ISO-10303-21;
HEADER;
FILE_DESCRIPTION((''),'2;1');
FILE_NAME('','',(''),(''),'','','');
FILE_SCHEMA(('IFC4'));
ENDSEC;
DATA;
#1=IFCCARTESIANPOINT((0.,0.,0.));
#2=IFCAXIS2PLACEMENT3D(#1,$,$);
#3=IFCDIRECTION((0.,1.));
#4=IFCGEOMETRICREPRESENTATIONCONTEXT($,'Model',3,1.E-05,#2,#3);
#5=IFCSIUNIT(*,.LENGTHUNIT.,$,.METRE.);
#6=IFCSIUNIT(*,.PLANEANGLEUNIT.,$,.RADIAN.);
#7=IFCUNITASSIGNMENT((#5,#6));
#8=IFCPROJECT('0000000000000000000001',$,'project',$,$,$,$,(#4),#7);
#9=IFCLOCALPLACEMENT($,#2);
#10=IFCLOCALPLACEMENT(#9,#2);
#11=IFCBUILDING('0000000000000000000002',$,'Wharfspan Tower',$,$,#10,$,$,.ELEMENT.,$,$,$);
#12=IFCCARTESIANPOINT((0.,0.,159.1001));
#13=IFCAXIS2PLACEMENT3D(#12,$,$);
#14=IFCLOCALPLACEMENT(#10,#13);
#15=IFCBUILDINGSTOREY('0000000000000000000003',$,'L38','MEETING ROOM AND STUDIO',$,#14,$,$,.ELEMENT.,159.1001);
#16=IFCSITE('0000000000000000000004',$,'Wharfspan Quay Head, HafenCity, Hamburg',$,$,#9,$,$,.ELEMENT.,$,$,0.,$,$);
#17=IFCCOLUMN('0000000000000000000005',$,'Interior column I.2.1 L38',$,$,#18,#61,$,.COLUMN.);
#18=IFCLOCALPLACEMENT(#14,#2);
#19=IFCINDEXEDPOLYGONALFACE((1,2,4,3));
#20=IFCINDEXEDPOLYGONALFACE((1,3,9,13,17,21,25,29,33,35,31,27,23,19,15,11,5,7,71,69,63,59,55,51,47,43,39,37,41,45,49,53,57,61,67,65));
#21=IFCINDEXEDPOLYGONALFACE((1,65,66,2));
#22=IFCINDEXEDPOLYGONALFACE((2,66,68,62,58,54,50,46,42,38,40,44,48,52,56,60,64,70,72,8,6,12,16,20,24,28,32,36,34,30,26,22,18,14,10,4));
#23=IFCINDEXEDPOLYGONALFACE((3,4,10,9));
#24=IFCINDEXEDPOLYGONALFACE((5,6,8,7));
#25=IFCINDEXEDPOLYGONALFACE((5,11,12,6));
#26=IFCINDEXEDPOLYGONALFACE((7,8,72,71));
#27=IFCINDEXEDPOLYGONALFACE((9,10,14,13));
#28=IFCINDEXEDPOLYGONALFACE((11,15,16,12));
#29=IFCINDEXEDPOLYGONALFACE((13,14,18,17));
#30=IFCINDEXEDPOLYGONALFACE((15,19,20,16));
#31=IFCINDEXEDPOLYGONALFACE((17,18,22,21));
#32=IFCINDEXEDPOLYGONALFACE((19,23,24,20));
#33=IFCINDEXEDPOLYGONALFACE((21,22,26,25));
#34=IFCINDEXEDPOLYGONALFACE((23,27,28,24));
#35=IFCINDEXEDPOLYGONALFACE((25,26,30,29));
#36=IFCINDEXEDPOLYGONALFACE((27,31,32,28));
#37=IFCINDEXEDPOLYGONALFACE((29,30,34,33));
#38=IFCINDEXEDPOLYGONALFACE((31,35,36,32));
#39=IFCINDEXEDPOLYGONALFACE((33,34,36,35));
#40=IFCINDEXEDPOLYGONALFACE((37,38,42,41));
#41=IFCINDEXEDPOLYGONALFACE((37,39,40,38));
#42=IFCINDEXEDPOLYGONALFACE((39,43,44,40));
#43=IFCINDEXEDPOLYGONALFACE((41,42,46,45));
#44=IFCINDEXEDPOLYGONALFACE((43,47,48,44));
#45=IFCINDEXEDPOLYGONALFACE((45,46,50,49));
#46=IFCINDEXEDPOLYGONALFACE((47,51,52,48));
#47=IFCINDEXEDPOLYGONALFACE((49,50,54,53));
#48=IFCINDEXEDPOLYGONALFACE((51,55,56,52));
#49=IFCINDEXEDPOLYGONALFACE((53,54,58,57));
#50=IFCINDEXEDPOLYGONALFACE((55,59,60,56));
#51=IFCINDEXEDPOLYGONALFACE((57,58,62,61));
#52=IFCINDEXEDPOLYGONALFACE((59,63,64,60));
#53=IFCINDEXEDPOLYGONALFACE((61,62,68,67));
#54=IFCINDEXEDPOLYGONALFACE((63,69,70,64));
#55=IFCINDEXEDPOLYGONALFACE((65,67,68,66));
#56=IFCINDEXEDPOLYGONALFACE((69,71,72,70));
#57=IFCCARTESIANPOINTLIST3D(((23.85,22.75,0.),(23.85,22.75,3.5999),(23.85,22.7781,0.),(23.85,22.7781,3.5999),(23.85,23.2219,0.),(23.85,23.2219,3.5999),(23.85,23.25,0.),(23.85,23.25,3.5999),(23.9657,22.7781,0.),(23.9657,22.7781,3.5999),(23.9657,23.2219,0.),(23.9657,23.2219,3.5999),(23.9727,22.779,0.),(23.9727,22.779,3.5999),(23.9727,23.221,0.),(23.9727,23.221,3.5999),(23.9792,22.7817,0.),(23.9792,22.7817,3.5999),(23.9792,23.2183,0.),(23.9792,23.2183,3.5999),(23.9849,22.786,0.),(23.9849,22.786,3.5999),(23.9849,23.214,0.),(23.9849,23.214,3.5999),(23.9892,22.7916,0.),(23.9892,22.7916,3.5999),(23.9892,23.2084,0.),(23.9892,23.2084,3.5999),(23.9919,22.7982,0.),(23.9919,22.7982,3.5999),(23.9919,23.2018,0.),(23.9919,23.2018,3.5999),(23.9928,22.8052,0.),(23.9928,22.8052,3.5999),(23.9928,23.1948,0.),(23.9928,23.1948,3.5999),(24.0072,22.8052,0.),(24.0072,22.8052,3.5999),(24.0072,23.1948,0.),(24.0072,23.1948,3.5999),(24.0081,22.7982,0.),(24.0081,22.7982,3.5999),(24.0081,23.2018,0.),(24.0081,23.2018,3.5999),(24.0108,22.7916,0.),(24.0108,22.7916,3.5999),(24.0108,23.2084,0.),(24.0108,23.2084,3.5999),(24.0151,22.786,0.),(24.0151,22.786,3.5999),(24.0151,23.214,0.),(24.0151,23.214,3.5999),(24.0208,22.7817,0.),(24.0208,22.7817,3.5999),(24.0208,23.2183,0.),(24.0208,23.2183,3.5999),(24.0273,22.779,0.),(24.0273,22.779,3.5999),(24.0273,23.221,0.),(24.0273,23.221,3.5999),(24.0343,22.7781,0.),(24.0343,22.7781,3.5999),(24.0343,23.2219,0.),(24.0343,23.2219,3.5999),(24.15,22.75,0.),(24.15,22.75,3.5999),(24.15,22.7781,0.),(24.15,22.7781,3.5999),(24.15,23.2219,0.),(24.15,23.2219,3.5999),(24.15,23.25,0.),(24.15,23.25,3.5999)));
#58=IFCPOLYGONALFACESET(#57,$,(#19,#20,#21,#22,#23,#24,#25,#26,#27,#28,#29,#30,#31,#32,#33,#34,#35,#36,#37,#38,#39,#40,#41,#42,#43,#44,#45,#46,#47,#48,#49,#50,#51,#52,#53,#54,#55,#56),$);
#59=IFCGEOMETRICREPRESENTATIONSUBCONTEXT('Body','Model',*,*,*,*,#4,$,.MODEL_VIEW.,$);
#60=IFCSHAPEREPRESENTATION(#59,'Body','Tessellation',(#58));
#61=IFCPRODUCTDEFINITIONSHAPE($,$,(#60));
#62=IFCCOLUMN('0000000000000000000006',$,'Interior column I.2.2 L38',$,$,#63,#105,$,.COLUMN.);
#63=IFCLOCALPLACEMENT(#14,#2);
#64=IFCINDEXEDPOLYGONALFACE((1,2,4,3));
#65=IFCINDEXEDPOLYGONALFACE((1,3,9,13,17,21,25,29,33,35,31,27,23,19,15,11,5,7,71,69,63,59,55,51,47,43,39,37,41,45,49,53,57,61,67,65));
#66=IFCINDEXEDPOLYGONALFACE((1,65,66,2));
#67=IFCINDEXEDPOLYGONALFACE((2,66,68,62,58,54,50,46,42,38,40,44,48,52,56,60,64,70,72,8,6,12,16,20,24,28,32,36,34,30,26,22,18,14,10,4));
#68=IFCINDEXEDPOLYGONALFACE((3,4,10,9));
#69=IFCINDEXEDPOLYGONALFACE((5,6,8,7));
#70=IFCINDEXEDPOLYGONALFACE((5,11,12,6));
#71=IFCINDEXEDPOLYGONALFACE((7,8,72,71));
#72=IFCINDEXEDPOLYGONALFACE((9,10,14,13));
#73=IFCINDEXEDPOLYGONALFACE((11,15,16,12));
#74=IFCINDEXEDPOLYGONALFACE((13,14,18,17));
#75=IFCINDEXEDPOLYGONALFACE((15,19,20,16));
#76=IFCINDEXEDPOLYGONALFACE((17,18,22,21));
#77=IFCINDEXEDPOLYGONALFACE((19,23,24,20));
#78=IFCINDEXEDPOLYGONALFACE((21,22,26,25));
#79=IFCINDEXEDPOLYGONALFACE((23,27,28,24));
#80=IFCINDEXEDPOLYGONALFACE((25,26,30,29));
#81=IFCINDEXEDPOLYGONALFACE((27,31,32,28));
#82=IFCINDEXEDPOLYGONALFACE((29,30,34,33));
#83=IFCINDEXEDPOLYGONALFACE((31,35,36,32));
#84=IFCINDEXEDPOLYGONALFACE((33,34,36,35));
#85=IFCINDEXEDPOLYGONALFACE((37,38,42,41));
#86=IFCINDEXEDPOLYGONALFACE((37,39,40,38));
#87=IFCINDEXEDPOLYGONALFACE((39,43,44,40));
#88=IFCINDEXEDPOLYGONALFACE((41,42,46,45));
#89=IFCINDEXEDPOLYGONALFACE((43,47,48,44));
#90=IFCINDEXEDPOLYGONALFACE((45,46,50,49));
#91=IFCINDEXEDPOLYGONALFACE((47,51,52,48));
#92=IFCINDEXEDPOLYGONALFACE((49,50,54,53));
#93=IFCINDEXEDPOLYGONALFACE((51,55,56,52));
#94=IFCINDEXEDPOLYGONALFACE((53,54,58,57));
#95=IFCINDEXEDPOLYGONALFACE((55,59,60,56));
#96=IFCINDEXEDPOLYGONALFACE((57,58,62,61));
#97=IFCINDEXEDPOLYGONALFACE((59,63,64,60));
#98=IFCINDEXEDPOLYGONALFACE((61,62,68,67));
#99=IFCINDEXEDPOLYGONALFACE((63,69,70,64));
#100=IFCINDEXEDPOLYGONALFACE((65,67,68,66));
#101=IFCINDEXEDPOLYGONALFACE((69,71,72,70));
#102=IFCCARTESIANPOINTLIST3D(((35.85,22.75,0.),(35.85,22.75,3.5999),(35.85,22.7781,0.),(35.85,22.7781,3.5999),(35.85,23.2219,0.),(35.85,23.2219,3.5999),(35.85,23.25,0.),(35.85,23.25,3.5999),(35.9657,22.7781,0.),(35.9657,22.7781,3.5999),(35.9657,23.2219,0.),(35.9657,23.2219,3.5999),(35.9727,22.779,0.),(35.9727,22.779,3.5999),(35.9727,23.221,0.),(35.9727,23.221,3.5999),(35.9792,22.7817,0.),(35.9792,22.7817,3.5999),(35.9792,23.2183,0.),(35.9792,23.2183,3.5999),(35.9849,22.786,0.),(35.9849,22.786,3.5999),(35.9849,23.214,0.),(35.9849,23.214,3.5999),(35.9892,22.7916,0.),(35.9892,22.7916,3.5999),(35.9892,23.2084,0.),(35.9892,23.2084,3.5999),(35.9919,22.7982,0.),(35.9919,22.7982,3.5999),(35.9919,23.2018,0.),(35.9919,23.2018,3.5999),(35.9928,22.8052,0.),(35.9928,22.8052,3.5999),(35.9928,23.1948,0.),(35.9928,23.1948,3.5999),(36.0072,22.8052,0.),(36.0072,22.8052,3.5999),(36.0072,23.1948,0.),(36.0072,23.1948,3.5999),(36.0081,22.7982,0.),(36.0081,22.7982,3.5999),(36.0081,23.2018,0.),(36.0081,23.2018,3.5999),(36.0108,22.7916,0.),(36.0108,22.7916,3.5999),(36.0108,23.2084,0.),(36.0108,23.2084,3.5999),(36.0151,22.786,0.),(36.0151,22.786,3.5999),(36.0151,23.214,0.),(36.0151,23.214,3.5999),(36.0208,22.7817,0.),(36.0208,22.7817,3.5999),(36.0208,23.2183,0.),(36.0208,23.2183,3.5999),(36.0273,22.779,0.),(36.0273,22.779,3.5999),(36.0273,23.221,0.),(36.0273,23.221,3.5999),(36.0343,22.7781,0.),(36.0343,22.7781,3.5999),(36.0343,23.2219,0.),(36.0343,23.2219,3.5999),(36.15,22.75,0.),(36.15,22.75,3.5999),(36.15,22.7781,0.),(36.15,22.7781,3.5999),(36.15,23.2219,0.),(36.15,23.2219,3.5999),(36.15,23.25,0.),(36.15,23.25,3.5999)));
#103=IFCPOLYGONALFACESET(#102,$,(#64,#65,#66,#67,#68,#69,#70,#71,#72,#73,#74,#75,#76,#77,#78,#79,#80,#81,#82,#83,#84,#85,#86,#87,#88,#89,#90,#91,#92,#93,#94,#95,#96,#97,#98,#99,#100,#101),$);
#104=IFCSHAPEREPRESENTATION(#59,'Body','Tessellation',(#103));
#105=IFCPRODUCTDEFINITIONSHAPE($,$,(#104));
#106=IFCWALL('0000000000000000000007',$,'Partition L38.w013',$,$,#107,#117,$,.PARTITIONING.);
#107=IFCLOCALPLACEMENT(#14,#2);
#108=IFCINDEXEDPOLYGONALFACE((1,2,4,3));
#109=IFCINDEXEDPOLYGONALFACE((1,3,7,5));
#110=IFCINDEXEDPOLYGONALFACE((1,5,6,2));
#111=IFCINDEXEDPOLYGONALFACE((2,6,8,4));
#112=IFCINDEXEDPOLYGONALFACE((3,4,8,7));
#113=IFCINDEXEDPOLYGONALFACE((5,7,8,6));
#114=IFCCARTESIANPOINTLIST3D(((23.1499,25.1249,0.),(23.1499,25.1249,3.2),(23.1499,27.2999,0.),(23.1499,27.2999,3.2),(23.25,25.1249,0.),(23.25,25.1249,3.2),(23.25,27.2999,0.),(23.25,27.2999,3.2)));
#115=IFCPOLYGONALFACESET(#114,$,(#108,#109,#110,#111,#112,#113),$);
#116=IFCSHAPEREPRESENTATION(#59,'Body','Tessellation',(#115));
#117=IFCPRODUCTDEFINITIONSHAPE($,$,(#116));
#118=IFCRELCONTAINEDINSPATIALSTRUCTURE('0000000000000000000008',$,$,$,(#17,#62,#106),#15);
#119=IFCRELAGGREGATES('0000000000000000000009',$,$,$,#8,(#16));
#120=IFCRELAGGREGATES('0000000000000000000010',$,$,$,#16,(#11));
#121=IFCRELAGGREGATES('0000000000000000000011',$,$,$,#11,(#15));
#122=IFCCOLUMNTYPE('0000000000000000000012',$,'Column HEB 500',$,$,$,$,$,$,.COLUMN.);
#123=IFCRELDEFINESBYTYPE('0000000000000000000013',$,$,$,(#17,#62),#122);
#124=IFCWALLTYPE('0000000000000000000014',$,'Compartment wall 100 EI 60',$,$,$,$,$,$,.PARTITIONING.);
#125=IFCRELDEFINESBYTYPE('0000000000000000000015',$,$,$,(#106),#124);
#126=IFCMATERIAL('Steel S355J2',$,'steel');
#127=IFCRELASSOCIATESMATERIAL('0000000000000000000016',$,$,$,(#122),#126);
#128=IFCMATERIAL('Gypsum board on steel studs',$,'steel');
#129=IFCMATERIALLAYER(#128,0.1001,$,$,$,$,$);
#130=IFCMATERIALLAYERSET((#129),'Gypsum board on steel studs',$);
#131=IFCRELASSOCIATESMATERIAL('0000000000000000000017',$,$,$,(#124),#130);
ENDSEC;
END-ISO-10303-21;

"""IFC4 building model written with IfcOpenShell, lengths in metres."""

from ifc_helpers import new_model, si_unit, direction, frame, frame_2d, origin, origin_2d, place, context, subcontext, project, spatial, rectangle, i_section, extrude, material, layer, layer_set, material_profile, profile_set, type_object, element, save


model = new_model("IFC4")

# Units and contexts
model_context = context("Model", 3, precision=1e-05, world=origin(), true_north=direction((0.0, 1.0)))
body_context = subcontext(model_context, "Body", "Model", "MODEL_VIEW")
ifc_project = project(units=[si_unit("LENGTHUNIT", "METRE"), si_unit("PLANEANGLEUNIT", "RADIAN")], contexts=[model_context])

# Site, building, storey
site_placement = place(None, origin())
site = spatial("IfcSite", under=ifc_project, at=site_placement, Name="Wharfspan Quay Head, HafenCity, Hamburg", CompositionType="ELEMENT", RefElevation=0.0)
building_placement = place(site_placement, origin())
building = spatial("IfcBuilding", under=site, at=building_placement, Name="Wharfspan Tower", CompositionType="ELEMENT")
storey_placement = place(building_placement, frame((0.0, 0.0, 159.1001)))
storey = spatial("IfcBuildingStorey", under=building, at=storey_placement, Name="L38", Description="MEETING ROOM AND STUDIO", CompositionType="ELEMENT", Elevation=159.1001)

# Columns
ifc_material_1 = material(Name="Steel S355J2", Category="steel")
ifc_material_profile = material_profile(ifc_material_1, i_section(OverallWidth=0.3, OverallDepth=0.5, WebThickness=0.0144, FlangeThickness=0.0281, FilletRadius=0.0271, at=origin_2d()))
ifc_profile_set = profile_set([ifc_material_profile], Name="Steel S355J2")
column_type = type_object("IfcColumnType", Name="Column HEB 500", PredefinedType="COLUMN", material=ifc_profile_set)
for number, where, z_axis, x_axis, name in (
    (1, (24.0, 23.0, 0.0), (0.0, 0.0, 1.0), (1.0, 0.0, 0.0), "Interior column I.2.1 L38"),
    (2, (36.0, 23.0, 0.0), (0.0, 0.0, 1.0), (1.0, 0.0, 0.0), "Interior column I.2.2 L38"),
):
    element("IfcColumn", number, at=place(storey_placement, frame(where, z_axis=z_axis, x_axis=x_axis)), inside=storey, type_object=column_type, Name=name, PredefinedType="COLUMN", context=body_context, shape_type="SweptSolid", body=[
        extrude(i_section(OverallWidth=0.3, OverallDepth=0.5, WebThickness=0.0144, FlangeThickness=0.0281, FilletRadius=0.0271, at=origin_2d()), origin(), (0.0, 0.0, 1.0), 3.5999),
    ])

# Wall
ifc_material_2 = material(Name="Gypsum board on steel studs", Category="steel")
ifc_layer = layer(ifc_material_2, 0.1001)
ifc_layer_set = layer_set([ifc_layer], Name="Gypsum board on steel studs")
wall_type = type_object("IfcWallType", Name="Compartment wall 100 EI 60", PredefinedType="PARTITIONING", material=ifc_layer_set)
wall_1_placement = place(storey_placement, frame((23.2, 25.125, 0.0), z_axis=(0.0, 0.0, 1.0), x_axis=(0.0, 1.0, 0.0)))
element("IfcWall", 3, at=wall_1_placement, inside=storey, type_object=wall_type, Name="Partition L38.w013", PredefinedType="PARTITIONING", context=body_context, shape_type="SweptSolid", body=[
    extrude(rectangle(XDim=2.175, YDim=0.1001, at=frame_2d((1.0874, 0.0))), origin(), (0.0, 0.0, 1.0), 3.2),
])

save(model, "model.ifc")
